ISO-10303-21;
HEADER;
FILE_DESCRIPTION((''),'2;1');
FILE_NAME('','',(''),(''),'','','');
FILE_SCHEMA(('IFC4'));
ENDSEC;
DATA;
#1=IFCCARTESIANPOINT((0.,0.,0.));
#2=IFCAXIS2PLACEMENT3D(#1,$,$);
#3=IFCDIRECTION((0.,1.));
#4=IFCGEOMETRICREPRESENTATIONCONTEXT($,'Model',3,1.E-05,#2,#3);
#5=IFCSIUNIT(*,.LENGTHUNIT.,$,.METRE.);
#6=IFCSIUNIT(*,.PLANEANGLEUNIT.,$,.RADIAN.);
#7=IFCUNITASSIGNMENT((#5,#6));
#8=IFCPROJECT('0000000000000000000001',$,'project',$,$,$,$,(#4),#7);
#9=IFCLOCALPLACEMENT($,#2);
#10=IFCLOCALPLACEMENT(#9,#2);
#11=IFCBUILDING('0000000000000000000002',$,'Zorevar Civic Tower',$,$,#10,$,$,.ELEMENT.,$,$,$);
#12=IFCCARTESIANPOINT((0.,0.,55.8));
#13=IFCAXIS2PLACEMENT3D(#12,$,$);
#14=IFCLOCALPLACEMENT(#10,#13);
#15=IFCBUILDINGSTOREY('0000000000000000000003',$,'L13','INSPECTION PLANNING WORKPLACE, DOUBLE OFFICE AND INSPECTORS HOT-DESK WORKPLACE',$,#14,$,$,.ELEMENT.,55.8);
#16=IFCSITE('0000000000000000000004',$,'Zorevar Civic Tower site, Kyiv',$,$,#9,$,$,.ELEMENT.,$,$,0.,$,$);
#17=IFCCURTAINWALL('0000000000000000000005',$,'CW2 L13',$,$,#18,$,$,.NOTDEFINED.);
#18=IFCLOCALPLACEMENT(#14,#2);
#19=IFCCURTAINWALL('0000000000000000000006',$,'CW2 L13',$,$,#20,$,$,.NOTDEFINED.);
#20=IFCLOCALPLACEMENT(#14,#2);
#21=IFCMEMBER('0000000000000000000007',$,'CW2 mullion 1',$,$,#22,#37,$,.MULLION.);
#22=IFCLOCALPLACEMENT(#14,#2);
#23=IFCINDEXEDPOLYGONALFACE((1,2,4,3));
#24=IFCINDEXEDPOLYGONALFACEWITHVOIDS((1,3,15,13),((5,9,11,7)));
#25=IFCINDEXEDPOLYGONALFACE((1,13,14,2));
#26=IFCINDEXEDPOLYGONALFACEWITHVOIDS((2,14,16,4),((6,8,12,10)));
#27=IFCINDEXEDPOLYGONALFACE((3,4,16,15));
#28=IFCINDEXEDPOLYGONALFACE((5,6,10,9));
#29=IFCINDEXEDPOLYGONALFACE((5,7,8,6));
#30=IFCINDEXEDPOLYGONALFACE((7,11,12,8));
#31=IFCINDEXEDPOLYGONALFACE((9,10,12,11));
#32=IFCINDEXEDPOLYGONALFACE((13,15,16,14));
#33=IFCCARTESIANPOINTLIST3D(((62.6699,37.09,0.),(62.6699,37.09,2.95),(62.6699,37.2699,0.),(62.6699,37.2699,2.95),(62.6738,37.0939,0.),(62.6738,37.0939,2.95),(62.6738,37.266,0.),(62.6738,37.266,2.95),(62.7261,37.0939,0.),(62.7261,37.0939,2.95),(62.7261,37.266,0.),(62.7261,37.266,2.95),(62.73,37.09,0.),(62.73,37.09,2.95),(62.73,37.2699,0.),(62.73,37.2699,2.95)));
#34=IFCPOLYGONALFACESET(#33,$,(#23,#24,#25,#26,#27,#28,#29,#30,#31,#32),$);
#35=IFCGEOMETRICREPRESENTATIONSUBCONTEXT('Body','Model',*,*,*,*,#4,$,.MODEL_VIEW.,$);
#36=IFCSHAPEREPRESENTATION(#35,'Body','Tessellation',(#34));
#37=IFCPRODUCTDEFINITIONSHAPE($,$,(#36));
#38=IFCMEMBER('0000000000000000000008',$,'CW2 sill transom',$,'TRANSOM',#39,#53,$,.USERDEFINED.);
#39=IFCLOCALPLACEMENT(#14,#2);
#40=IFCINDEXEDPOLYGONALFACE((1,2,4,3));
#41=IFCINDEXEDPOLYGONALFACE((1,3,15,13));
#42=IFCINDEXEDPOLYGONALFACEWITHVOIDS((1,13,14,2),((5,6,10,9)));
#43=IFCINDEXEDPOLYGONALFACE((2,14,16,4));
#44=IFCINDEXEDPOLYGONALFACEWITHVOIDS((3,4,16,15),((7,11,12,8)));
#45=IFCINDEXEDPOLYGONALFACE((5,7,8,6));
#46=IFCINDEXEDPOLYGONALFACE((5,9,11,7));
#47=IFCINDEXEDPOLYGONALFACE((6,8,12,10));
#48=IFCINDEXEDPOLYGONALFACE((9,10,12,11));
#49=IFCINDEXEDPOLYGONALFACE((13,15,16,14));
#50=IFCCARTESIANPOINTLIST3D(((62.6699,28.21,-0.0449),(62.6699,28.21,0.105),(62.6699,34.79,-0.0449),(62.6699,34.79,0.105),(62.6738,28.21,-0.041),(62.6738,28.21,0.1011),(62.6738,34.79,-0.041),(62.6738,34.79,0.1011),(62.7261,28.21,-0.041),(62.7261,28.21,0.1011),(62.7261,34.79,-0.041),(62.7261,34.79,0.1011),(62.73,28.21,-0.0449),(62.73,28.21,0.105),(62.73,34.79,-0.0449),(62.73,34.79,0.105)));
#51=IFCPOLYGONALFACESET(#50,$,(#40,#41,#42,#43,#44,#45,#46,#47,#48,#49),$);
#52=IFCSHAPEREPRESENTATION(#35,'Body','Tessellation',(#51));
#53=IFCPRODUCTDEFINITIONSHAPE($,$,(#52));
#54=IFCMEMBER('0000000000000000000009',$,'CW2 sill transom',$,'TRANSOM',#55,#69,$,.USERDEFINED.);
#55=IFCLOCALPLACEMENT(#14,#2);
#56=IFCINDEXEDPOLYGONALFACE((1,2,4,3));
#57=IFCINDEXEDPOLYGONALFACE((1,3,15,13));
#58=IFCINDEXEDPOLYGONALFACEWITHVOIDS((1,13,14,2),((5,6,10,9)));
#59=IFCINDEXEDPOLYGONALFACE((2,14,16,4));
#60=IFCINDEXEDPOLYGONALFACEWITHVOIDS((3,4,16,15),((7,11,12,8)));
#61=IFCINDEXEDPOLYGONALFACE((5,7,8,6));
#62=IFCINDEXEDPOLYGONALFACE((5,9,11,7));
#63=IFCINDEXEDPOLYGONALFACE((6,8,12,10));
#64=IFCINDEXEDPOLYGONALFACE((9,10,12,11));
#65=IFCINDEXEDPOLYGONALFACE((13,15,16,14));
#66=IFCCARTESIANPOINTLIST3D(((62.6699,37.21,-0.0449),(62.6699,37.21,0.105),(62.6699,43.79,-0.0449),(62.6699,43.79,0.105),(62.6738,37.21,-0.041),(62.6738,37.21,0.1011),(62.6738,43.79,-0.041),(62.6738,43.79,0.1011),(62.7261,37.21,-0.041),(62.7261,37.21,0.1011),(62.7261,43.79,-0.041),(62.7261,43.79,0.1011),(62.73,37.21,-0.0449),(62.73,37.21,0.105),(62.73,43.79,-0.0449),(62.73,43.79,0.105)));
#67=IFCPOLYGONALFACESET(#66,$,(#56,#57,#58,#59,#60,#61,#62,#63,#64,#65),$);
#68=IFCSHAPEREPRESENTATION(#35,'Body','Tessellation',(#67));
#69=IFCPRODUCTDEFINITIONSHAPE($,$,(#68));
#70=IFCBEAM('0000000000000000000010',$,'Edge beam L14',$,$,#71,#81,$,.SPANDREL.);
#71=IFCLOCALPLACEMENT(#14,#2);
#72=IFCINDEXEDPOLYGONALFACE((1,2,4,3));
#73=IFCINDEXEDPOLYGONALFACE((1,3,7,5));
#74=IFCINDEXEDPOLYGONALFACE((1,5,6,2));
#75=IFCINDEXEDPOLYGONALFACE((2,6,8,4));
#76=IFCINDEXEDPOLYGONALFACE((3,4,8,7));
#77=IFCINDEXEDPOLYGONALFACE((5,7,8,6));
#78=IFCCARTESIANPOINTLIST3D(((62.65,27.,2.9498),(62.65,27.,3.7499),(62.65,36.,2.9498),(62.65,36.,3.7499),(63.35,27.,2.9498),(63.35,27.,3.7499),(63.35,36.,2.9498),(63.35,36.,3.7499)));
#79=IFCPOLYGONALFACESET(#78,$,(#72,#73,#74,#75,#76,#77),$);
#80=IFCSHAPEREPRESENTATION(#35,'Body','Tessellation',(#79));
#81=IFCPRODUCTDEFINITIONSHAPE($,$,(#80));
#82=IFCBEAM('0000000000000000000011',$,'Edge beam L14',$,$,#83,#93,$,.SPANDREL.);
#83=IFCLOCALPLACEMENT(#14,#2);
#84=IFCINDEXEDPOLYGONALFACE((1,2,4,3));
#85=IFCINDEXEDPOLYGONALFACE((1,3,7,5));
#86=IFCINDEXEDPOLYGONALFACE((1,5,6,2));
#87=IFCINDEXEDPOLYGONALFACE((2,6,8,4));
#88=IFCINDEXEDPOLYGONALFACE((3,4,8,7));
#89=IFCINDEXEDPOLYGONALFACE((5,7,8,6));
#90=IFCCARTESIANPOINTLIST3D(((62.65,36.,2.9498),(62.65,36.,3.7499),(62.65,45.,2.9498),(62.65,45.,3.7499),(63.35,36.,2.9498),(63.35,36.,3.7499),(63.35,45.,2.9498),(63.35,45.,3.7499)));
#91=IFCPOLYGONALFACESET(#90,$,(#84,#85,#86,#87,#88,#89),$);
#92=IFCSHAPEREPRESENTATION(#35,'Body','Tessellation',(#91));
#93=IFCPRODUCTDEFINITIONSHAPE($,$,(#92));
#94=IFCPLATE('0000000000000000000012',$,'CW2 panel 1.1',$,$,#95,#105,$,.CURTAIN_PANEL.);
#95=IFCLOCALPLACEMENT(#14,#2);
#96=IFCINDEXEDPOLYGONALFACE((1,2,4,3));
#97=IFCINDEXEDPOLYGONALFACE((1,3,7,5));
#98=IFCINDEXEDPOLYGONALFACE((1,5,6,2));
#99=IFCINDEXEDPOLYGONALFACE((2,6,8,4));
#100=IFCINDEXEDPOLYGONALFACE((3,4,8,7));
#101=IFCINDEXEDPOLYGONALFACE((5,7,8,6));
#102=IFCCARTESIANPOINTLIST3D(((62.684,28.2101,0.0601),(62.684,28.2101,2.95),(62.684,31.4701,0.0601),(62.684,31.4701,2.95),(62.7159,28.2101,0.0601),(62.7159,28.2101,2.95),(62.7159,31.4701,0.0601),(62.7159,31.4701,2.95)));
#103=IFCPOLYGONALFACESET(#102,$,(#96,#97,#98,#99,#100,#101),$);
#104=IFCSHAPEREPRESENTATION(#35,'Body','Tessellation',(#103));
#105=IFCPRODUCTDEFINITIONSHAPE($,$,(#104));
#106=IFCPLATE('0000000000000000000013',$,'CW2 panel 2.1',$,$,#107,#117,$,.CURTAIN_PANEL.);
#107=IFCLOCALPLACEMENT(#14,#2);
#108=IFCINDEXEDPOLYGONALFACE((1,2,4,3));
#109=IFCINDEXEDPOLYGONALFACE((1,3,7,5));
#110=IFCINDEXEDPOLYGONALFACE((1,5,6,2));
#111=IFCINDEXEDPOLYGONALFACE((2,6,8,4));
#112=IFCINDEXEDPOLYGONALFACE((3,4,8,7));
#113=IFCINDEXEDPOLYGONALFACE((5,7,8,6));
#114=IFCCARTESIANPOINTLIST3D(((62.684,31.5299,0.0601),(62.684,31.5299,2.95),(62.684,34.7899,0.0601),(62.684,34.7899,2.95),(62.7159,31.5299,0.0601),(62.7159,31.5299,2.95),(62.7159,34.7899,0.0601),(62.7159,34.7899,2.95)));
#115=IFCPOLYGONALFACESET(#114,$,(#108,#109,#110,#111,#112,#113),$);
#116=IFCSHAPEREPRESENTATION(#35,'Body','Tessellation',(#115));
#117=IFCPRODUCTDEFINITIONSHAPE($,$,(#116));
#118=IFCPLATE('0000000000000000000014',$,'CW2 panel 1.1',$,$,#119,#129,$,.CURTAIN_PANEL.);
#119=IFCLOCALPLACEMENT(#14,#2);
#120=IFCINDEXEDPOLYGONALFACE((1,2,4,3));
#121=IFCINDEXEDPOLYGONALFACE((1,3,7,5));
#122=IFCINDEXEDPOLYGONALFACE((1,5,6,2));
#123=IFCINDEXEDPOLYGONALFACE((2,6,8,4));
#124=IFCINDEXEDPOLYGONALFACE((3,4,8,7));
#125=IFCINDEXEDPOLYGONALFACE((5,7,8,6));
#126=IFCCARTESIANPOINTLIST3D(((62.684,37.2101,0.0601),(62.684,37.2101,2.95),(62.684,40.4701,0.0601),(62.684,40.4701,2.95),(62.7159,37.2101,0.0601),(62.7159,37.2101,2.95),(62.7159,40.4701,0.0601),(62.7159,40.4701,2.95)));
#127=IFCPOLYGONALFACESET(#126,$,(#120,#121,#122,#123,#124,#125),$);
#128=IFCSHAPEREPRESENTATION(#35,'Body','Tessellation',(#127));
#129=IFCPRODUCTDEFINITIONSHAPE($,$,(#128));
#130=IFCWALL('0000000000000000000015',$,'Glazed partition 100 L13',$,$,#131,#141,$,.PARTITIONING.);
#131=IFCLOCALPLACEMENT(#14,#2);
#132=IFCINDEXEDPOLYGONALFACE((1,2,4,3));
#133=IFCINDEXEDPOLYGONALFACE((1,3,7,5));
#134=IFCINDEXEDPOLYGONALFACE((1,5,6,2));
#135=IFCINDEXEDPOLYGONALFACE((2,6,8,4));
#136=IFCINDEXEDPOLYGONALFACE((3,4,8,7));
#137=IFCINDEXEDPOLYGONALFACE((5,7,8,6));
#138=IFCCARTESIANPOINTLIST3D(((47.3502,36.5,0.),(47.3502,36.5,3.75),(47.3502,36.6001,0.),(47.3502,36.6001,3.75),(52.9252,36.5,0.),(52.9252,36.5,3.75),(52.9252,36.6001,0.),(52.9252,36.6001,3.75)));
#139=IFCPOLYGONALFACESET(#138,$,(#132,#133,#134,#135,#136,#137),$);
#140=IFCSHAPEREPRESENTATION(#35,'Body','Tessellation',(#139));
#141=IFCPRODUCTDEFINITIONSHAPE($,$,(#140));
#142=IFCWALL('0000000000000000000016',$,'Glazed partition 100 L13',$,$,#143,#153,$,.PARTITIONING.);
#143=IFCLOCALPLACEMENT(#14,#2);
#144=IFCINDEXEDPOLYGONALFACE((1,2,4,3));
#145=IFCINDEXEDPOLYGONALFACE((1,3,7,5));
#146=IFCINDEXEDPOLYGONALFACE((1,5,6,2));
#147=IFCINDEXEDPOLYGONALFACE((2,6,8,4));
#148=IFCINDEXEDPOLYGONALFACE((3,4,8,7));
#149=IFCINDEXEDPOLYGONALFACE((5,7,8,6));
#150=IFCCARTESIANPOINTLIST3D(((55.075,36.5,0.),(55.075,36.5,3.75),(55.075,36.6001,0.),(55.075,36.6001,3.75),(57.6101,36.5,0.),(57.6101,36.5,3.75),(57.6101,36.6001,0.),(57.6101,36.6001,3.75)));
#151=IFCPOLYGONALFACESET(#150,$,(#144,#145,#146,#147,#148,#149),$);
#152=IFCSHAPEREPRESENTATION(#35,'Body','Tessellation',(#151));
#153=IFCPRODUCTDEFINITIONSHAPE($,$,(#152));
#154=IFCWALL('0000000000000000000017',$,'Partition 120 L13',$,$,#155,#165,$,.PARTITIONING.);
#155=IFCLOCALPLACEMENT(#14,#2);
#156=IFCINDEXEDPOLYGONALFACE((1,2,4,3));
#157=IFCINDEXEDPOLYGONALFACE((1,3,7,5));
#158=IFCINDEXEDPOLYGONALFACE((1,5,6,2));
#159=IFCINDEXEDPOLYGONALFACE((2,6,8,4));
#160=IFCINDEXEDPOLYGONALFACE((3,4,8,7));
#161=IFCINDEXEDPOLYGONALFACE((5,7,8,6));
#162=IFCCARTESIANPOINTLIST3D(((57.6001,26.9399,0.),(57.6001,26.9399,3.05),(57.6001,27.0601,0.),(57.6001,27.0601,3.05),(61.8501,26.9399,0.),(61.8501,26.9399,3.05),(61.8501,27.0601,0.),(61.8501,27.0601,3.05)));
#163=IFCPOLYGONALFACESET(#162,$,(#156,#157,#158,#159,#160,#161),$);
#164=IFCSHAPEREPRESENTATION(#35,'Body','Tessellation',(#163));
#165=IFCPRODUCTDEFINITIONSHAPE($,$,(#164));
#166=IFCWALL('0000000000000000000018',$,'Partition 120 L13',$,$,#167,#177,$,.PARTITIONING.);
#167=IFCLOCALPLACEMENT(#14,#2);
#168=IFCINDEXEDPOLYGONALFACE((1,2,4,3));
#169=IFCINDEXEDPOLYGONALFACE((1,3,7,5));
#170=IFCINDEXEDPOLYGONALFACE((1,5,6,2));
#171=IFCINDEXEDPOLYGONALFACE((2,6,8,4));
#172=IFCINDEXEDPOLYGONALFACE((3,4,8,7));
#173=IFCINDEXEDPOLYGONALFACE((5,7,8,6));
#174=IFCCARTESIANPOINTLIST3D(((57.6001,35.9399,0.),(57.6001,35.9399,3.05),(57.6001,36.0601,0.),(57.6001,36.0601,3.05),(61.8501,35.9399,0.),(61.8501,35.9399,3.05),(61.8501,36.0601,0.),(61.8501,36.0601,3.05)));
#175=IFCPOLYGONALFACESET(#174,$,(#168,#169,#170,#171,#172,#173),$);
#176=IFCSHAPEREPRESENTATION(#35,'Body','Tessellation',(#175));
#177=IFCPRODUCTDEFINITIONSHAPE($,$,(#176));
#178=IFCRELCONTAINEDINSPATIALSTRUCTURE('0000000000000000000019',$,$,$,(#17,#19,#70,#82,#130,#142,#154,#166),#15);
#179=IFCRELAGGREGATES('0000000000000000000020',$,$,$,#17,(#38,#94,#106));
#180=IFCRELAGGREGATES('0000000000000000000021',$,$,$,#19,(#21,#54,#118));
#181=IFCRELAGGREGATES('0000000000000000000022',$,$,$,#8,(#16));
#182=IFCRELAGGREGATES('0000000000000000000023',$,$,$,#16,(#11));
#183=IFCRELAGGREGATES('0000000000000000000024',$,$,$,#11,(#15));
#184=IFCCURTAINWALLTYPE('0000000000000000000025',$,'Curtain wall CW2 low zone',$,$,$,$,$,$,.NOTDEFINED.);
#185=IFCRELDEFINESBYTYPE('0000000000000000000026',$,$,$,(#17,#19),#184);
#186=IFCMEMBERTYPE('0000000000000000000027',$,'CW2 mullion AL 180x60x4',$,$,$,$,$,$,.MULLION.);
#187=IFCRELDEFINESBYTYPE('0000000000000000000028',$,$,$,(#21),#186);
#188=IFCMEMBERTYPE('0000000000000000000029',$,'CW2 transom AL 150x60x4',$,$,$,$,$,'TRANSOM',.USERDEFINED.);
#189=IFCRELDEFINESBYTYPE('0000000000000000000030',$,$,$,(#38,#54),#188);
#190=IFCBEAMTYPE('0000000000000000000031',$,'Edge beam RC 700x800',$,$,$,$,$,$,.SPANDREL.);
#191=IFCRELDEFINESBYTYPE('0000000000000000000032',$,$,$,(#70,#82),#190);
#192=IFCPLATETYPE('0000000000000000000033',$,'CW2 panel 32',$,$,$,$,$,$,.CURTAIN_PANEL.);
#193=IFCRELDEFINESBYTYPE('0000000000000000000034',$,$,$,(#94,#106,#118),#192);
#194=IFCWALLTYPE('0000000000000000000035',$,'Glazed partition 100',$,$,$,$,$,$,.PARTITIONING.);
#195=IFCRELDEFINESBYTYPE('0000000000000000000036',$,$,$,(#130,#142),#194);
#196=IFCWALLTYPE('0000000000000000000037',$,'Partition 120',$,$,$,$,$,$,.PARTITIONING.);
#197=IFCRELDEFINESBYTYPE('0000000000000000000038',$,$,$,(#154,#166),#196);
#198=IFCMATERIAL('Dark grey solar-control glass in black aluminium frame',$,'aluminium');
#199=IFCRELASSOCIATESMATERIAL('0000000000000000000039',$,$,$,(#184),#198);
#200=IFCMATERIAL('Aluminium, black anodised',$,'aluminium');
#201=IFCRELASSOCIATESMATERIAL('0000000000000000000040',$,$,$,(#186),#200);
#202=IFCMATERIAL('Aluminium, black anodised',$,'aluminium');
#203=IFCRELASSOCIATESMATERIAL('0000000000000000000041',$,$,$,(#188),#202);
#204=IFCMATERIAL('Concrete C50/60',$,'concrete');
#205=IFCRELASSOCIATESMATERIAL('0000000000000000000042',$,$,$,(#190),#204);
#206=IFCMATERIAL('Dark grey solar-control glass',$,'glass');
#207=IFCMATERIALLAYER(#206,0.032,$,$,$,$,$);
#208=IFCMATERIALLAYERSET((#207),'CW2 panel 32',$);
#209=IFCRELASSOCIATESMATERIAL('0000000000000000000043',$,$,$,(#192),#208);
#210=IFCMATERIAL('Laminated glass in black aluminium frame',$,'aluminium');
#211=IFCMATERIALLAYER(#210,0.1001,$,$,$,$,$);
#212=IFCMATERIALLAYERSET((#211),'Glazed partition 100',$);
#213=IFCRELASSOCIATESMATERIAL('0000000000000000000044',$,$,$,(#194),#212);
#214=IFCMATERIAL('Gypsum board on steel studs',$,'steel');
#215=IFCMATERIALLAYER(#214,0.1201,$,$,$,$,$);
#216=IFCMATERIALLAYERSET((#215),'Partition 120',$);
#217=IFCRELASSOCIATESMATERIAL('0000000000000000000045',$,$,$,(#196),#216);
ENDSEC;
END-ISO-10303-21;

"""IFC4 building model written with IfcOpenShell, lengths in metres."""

from ifc_helpers import new_model, si_unit, direction, frame, frame_2d, origin, origin_2d, place, context, subcontext, project, spatial, rectangle, hollow_rectangle, extrude, material, layer, layer_set, material_profile, profile_set, type_object, element, aggregate, save


model = new_model("IFC4")

# Units and contexts
model_context = context("Model", 3, precision=1e-05, world=origin(), true_north=direction((0.0, 1.0)))
body_context = subcontext(model_context, "Body", "Model", "MODEL_VIEW")
ifc_project = project(units=[si_unit("LENGTHUNIT", "METRE"), si_unit("PLANEANGLEUNIT", "RADIAN")], contexts=[model_context])

# Site, building, storey
site_placement = place(None, origin())
site = spatial("IfcSite", under=ifc_project, at=site_placement, Name="Zorevar Civic Tower site, Kyiv", CompositionType="ELEMENT", RefElevation=0.0)
building_placement = place(site_placement, origin())
building = spatial("IfcBuilding", under=site, at=building_placement, Name="Zorevar Civic Tower", CompositionType="ELEMENT")
storey_placement = place(building_placement, frame((0.0, 0.0, 55.8)))
storey = spatial("IfcBuildingStorey", under=building, at=storey_placement, Name="L13", Description="INSPECTION PLANNING WORKPLACE, DOUBLE OFFICE AND INSPECTORS HOT-DESK WORKPLACE", CompositionType="ELEMENT", Elevation=55.8)

# Curtain wall
ifc_material_1 = material(Name="Dark grey solar-control glass in black aluminium frame", Category="aluminium")
curtain_wall_type = type_object("IfcCurtainWallType", Name="Curtain wall CW2 low zone", PredefinedType="NOTDEFINED", material=ifc_material_1)
curtain_wall_1_placement = place(storey_placement, origin())
curtain_wall_1 = element("IfcCurtainWall", 1, at=curtain_wall_1_placement, inside=storey, type_object=curtain_wall_type, Name="CW2 L13", PredefinedType="NOTDEFINED")
ifc_material_2 = material(Name="Aluminium, black anodised", Category="aluminium")
ifc_material_profile_1 = material_profile(ifc_material_2, hollow_rectangle(XDim=0.0601, YDim=0.1799, WallThickness=0.0039, at=origin_2d()), Name="AL 180x60x4")
ifc_profile_set_1 = profile_set([ifc_material_profile_1], Name="Aluminium, black anodised")
member_type_1 = type_object("IfcMemberType", Name="CW2 mullion AL 180x60x4", PredefinedType="MULLION", material=ifc_profile_set_1)

# Curtain wall, member
curtain_wall_2_placement = place(storey_placement, origin())
curtain_wall_2 = element("IfcCurtainWall", 2, at=curtain_wall_2_placement, inside=storey, type_object=curtain_wall_type, Name="CW2 L13", PredefinedType="NOTDEFINED")
member_1_placement = place(storey_placement, frame((62.7, 37.1799, 0.0), z_axis=(0.0, 0.0, 1.0), x_axis=(-1.0, 0.0, 0.0)))
member_1 = element("IfcMember", 3, at=member_1_placement, type_object=member_type_1, Name="CW2 mullion 1", PredefinedType="MULLION", context=body_context, shape_type="SweptSolid", body=[
    extrude(hollow_rectangle(XDim=0.0601, YDim=0.1799, WallThickness=0.0039, at=origin_2d()), origin(), (0.0, 0.0, 1.0), 2.95),
])

# Members
ifc_material_3 = material(Name="Aluminium, black anodised", Category="aluminium")
ifc_material_profile_2 = material_profile(ifc_material_3, hollow_rectangle(XDim=0.0601, YDim=0.1499, WallThickness=0.0039, at=origin_2d()), Name="AL 150x60x4")
ifc_profile_set_2 = profile_set([ifc_material_profile_2], Name="Aluminium, black anodised")
member_type_2 = type_object("IfcMemberType", Name="CW2 transom AL 150x60x4", ElementType="TRANSOM", PredefinedType="USERDEFINED", material=ifc_profile_set_2)
member_2_placement = place(storey_placement, frame((62.7, 28.21, 0.03), z_axis=(0.0, 1.0, 0.0), x_axis=(-1.0, 0.0, 0.0)))
member_2 = element("IfcMember", 4, at=member_2_placement, type_object=member_type_2, Name="CW2 sill transom", ObjectType="TRANSOM", PredefinedType="USERDEFINED", context=body_context, shape_type="SweptSolid", body=[
    extrude(hollow_rectangle(XDim=0.0601, YDim=0.1499, WallThickness=0.0039, at=origin_2d()), origin(), (0.0, 0.0, 1.0), 6.5801),
])
member_3_placement = place(storey_placement, frame((62.7, 37.21, 0.03), z_axis=(0.0, 1.0, 0.0), x_axis=(-1.0, 0.0, 0.0)))
member_3 = element("IfcMember", 5, at=member_3_placement, type_object=member_type_2, Name="CW2 sill transom", ObjectType="TRANSOM", PredefinedType="USERDEFINED", context=body_context, shape_type="SweptSolid", body=[
    extrude(hollow_rectangle(XDim=0.0601, YDim=0.1499, WallThickness=0.0039, at=origin_2d()), origin(), (0.0, 0.0, 1.0), 6.5801),
])

# Beams
ifc_material_4 = material(Name="Concrete C50/60", Category="concrete")
ifc_material_profile_3 = material_profile(ifc_material_4, rectangle(XDim=0.7, YDim=0.8, at=origin_2d()), Name="RC 700x800")
ifc_profile_set_3 = profile_set([ifc_material_profile_3], Name="Concrete C50/60")
beam_type_1 = type_object("IfcBeamType", Name="Edge beam RC 700x800", PredefinedType="SPANDREL", material=ifc_profile_set_3)
for number, where, z_axis, x_axis, name in (
    (6, (63.0, 27.0, 3.3499), (0.0, 1.0, 0.0), (-1.0, 0.0, 0.0), "Edge beam L14"),
    (7, (63.0, 36.0, 3.3499), (0.0, 1.0, 0.0), (-1.0, 0.0, 0.0), "Edge beam L14"),
):
    element("IfcBeam", number, at=place(storey_placement, frame(where, z_axis=z_axis, x_axis=x_axis)), inside=storey, type_object=beam_type_1, Name=name, PredefinedType="SPANDREL", context=body_context, shape_type="SweptSolid", body=[
        extrude(rectangle(XDim=0.7, YDim=0.8, at=origin_2d()), origin(), (0.0, 0.0, 1.0), 9.0),
    ])

# Plates
ifc_material_5 = material(Name="Dark grey solar-control glass", Category="glass")
ifc_layer_1 = layer(ifc_material_5, 0.032)
ifc_layer_set_1 = layer_set([ifc_layer_1], Name="CW2 panel 32")
plate_type = type_object("IfcPlateType", Name="CW2 panel 32", PredefinedType="CURTAIN_PANEL", material=ifc_layer_set_1)
plate_1_placement = place(storey_placement, frame((62.7, 29.8401, 0.0601), z_axis=(0.0, 0.0, 1.0), x_axis=(0.0, 1.0, 0.0)))
plate_1 = element("IfcPlate", 8, at=plate_1_placement, type_object=plate_type, Name="CW2 panel 1.1", PredefinedType="CURTAIN_PANEL", context=body_context, shape_type="SweptSolid", body=[
    extrude(rectangle(XDim=3.26, YDim=0.032, at=origin_2d()), origin(), (0.0, 0.0, 1.0), 2.8899),
])
plate_2_placement = place(storey_placement, frame((62.7, 33.1599, 0.0601), z_axis=(0.0, 0.0, 1.0), x_axis=(0.0, 1.0, 0.0)))
plate_2 = element("IfcPlate", 9, at=plate_2_placement, type_object=plate_type, Name="CW2 panel 2.1", PredefinedType="CURTAIN_PANEL", context=body_context, shape_type="SweptSolid", body=[
    extrude(rectangle(XDim=3.26, YDim=0.032, at=origin_2d()), origin(), (0.0, 0.0, 1.0), 2.8899),
])
aggregate(curtain_wall_1, [member_2, plate_1, plate_2])
plate_3_placement = place(storey_placement, frame((62.7, 38.8401, 0.0601), z_axis=(0.0, 0.0, 1.0), x_axis=(0.0, 1.0, 0.0)))
plate_3 = element("IfcPlate", 10, at=plate_3_placement, type_object=plate_type, Name="CW2 panel 1.1", PredefinedType="CURTAIN_PANEL", context=body_context, shape_type="SweptSolid", body=[
    extrude(rectangle(XDim=3.26, YDim=0.032, at=origin_2d()), origin(), (0.0, 0.0, 1.0), 2.8899),
])
aggregate(curtain_wall_2, [member_1, member_3, plate_3])

# Walls
ifc_material_6 = material(Name="Laminated glass in black aluminium frame", Category="aluminium")
ifc_layer_2 = layer(ifc_material_6, 0.1001)
ifc_layer_set_2 = layer_set([ifc_layer_2], Name="Glazed partition 100")
wall_type_1 = type_object("IfcWallType", Name="Glazed partition 100", PredefinedType="PARTITIONING", material=ifc_layer_set_2)
wall_1_placement = place(storey_placement, frame((47.3501, 36.55, 0.0), z_axis=(0.0, 0.0, 1.0), x_axis=(1.0, 0.0, 0.0)))
element("IfcWall", 11, at=wall_1_placement, inside=storey, type_object=wall_type_1, Name="Glazed partition 100 L13", PredefinedType="PARTITIONING", context=body_context, shape_type="SweptSolid", body=[
    extrude(rectangle(XDim=5.575, YDim=0.1001, at=frame_2d((2.7876, 0.0))), origin(), (0.0, 0.0, 1.0), 3.75),
])
wall_2_placement = place(storey_placement, frame((55.075, 36.55, 0.0), z_axis=(0.0, 0.0, 1.0), x_axis=(1.0, 0.0, 0.0)))
element("IfcWall", 12, at=wall_2_placement, inside=storey, type_object=wall_type_1, Name="Glazed partition 100 L13", PredefinedType="PARTITIONING", context=body_context, shape_type="SweptSolid", body=[
    extrude(rectangle(XDim=2.5352, YDim=0.1001, at=frame_2d((1.2676, 0.0))), origin(), (0.0, 0.0, 1.0), 3.75),
])
ifc_material_7 = material(Name="Gypsum board on steel studs", Category="steel")
ifc_layer_3 = layer(ifc_material_7, 0.1201)
ifc_layer_set_3 = layer_set([ifc_layer_3], Name="Partition 120")
wall_type_2 = type_object("IfcWallType", Name="Partition 120", PredefinedType="PARTITIONING", material=ifc_layer_set_3)
for number, where, z_axis, x_axis, name in (
    (13, (57.6001, 27.0, 0.0), (0.0, 0.0, 1.0), (1.0, 0.0, 0.0), "Partition 120 L13"),
    (14, (57.6001, 36.0, 0.0), (0.0, 0.0, 1.0), (1.0, 0.0, 0.0), "Partition 120 L13"),
):
    element("IfcWall", number, at=place(storey_placement, frame(where, z_axis=z_axis, x_axis=x_axis)), inside=storey, type_object=wall_type_2, Name=name, PredefinedType="PARTITIONING", context=body_context, shape_type="SweptSolid", body=[
        extrude(rectangle(XDim=4.25, YDim=0.1201, at=frame_2d((2.125, 0.0))), origin(), (0.0, 0.0, 1.0), 3.05),
    ])

save(model, "model.ifc")
